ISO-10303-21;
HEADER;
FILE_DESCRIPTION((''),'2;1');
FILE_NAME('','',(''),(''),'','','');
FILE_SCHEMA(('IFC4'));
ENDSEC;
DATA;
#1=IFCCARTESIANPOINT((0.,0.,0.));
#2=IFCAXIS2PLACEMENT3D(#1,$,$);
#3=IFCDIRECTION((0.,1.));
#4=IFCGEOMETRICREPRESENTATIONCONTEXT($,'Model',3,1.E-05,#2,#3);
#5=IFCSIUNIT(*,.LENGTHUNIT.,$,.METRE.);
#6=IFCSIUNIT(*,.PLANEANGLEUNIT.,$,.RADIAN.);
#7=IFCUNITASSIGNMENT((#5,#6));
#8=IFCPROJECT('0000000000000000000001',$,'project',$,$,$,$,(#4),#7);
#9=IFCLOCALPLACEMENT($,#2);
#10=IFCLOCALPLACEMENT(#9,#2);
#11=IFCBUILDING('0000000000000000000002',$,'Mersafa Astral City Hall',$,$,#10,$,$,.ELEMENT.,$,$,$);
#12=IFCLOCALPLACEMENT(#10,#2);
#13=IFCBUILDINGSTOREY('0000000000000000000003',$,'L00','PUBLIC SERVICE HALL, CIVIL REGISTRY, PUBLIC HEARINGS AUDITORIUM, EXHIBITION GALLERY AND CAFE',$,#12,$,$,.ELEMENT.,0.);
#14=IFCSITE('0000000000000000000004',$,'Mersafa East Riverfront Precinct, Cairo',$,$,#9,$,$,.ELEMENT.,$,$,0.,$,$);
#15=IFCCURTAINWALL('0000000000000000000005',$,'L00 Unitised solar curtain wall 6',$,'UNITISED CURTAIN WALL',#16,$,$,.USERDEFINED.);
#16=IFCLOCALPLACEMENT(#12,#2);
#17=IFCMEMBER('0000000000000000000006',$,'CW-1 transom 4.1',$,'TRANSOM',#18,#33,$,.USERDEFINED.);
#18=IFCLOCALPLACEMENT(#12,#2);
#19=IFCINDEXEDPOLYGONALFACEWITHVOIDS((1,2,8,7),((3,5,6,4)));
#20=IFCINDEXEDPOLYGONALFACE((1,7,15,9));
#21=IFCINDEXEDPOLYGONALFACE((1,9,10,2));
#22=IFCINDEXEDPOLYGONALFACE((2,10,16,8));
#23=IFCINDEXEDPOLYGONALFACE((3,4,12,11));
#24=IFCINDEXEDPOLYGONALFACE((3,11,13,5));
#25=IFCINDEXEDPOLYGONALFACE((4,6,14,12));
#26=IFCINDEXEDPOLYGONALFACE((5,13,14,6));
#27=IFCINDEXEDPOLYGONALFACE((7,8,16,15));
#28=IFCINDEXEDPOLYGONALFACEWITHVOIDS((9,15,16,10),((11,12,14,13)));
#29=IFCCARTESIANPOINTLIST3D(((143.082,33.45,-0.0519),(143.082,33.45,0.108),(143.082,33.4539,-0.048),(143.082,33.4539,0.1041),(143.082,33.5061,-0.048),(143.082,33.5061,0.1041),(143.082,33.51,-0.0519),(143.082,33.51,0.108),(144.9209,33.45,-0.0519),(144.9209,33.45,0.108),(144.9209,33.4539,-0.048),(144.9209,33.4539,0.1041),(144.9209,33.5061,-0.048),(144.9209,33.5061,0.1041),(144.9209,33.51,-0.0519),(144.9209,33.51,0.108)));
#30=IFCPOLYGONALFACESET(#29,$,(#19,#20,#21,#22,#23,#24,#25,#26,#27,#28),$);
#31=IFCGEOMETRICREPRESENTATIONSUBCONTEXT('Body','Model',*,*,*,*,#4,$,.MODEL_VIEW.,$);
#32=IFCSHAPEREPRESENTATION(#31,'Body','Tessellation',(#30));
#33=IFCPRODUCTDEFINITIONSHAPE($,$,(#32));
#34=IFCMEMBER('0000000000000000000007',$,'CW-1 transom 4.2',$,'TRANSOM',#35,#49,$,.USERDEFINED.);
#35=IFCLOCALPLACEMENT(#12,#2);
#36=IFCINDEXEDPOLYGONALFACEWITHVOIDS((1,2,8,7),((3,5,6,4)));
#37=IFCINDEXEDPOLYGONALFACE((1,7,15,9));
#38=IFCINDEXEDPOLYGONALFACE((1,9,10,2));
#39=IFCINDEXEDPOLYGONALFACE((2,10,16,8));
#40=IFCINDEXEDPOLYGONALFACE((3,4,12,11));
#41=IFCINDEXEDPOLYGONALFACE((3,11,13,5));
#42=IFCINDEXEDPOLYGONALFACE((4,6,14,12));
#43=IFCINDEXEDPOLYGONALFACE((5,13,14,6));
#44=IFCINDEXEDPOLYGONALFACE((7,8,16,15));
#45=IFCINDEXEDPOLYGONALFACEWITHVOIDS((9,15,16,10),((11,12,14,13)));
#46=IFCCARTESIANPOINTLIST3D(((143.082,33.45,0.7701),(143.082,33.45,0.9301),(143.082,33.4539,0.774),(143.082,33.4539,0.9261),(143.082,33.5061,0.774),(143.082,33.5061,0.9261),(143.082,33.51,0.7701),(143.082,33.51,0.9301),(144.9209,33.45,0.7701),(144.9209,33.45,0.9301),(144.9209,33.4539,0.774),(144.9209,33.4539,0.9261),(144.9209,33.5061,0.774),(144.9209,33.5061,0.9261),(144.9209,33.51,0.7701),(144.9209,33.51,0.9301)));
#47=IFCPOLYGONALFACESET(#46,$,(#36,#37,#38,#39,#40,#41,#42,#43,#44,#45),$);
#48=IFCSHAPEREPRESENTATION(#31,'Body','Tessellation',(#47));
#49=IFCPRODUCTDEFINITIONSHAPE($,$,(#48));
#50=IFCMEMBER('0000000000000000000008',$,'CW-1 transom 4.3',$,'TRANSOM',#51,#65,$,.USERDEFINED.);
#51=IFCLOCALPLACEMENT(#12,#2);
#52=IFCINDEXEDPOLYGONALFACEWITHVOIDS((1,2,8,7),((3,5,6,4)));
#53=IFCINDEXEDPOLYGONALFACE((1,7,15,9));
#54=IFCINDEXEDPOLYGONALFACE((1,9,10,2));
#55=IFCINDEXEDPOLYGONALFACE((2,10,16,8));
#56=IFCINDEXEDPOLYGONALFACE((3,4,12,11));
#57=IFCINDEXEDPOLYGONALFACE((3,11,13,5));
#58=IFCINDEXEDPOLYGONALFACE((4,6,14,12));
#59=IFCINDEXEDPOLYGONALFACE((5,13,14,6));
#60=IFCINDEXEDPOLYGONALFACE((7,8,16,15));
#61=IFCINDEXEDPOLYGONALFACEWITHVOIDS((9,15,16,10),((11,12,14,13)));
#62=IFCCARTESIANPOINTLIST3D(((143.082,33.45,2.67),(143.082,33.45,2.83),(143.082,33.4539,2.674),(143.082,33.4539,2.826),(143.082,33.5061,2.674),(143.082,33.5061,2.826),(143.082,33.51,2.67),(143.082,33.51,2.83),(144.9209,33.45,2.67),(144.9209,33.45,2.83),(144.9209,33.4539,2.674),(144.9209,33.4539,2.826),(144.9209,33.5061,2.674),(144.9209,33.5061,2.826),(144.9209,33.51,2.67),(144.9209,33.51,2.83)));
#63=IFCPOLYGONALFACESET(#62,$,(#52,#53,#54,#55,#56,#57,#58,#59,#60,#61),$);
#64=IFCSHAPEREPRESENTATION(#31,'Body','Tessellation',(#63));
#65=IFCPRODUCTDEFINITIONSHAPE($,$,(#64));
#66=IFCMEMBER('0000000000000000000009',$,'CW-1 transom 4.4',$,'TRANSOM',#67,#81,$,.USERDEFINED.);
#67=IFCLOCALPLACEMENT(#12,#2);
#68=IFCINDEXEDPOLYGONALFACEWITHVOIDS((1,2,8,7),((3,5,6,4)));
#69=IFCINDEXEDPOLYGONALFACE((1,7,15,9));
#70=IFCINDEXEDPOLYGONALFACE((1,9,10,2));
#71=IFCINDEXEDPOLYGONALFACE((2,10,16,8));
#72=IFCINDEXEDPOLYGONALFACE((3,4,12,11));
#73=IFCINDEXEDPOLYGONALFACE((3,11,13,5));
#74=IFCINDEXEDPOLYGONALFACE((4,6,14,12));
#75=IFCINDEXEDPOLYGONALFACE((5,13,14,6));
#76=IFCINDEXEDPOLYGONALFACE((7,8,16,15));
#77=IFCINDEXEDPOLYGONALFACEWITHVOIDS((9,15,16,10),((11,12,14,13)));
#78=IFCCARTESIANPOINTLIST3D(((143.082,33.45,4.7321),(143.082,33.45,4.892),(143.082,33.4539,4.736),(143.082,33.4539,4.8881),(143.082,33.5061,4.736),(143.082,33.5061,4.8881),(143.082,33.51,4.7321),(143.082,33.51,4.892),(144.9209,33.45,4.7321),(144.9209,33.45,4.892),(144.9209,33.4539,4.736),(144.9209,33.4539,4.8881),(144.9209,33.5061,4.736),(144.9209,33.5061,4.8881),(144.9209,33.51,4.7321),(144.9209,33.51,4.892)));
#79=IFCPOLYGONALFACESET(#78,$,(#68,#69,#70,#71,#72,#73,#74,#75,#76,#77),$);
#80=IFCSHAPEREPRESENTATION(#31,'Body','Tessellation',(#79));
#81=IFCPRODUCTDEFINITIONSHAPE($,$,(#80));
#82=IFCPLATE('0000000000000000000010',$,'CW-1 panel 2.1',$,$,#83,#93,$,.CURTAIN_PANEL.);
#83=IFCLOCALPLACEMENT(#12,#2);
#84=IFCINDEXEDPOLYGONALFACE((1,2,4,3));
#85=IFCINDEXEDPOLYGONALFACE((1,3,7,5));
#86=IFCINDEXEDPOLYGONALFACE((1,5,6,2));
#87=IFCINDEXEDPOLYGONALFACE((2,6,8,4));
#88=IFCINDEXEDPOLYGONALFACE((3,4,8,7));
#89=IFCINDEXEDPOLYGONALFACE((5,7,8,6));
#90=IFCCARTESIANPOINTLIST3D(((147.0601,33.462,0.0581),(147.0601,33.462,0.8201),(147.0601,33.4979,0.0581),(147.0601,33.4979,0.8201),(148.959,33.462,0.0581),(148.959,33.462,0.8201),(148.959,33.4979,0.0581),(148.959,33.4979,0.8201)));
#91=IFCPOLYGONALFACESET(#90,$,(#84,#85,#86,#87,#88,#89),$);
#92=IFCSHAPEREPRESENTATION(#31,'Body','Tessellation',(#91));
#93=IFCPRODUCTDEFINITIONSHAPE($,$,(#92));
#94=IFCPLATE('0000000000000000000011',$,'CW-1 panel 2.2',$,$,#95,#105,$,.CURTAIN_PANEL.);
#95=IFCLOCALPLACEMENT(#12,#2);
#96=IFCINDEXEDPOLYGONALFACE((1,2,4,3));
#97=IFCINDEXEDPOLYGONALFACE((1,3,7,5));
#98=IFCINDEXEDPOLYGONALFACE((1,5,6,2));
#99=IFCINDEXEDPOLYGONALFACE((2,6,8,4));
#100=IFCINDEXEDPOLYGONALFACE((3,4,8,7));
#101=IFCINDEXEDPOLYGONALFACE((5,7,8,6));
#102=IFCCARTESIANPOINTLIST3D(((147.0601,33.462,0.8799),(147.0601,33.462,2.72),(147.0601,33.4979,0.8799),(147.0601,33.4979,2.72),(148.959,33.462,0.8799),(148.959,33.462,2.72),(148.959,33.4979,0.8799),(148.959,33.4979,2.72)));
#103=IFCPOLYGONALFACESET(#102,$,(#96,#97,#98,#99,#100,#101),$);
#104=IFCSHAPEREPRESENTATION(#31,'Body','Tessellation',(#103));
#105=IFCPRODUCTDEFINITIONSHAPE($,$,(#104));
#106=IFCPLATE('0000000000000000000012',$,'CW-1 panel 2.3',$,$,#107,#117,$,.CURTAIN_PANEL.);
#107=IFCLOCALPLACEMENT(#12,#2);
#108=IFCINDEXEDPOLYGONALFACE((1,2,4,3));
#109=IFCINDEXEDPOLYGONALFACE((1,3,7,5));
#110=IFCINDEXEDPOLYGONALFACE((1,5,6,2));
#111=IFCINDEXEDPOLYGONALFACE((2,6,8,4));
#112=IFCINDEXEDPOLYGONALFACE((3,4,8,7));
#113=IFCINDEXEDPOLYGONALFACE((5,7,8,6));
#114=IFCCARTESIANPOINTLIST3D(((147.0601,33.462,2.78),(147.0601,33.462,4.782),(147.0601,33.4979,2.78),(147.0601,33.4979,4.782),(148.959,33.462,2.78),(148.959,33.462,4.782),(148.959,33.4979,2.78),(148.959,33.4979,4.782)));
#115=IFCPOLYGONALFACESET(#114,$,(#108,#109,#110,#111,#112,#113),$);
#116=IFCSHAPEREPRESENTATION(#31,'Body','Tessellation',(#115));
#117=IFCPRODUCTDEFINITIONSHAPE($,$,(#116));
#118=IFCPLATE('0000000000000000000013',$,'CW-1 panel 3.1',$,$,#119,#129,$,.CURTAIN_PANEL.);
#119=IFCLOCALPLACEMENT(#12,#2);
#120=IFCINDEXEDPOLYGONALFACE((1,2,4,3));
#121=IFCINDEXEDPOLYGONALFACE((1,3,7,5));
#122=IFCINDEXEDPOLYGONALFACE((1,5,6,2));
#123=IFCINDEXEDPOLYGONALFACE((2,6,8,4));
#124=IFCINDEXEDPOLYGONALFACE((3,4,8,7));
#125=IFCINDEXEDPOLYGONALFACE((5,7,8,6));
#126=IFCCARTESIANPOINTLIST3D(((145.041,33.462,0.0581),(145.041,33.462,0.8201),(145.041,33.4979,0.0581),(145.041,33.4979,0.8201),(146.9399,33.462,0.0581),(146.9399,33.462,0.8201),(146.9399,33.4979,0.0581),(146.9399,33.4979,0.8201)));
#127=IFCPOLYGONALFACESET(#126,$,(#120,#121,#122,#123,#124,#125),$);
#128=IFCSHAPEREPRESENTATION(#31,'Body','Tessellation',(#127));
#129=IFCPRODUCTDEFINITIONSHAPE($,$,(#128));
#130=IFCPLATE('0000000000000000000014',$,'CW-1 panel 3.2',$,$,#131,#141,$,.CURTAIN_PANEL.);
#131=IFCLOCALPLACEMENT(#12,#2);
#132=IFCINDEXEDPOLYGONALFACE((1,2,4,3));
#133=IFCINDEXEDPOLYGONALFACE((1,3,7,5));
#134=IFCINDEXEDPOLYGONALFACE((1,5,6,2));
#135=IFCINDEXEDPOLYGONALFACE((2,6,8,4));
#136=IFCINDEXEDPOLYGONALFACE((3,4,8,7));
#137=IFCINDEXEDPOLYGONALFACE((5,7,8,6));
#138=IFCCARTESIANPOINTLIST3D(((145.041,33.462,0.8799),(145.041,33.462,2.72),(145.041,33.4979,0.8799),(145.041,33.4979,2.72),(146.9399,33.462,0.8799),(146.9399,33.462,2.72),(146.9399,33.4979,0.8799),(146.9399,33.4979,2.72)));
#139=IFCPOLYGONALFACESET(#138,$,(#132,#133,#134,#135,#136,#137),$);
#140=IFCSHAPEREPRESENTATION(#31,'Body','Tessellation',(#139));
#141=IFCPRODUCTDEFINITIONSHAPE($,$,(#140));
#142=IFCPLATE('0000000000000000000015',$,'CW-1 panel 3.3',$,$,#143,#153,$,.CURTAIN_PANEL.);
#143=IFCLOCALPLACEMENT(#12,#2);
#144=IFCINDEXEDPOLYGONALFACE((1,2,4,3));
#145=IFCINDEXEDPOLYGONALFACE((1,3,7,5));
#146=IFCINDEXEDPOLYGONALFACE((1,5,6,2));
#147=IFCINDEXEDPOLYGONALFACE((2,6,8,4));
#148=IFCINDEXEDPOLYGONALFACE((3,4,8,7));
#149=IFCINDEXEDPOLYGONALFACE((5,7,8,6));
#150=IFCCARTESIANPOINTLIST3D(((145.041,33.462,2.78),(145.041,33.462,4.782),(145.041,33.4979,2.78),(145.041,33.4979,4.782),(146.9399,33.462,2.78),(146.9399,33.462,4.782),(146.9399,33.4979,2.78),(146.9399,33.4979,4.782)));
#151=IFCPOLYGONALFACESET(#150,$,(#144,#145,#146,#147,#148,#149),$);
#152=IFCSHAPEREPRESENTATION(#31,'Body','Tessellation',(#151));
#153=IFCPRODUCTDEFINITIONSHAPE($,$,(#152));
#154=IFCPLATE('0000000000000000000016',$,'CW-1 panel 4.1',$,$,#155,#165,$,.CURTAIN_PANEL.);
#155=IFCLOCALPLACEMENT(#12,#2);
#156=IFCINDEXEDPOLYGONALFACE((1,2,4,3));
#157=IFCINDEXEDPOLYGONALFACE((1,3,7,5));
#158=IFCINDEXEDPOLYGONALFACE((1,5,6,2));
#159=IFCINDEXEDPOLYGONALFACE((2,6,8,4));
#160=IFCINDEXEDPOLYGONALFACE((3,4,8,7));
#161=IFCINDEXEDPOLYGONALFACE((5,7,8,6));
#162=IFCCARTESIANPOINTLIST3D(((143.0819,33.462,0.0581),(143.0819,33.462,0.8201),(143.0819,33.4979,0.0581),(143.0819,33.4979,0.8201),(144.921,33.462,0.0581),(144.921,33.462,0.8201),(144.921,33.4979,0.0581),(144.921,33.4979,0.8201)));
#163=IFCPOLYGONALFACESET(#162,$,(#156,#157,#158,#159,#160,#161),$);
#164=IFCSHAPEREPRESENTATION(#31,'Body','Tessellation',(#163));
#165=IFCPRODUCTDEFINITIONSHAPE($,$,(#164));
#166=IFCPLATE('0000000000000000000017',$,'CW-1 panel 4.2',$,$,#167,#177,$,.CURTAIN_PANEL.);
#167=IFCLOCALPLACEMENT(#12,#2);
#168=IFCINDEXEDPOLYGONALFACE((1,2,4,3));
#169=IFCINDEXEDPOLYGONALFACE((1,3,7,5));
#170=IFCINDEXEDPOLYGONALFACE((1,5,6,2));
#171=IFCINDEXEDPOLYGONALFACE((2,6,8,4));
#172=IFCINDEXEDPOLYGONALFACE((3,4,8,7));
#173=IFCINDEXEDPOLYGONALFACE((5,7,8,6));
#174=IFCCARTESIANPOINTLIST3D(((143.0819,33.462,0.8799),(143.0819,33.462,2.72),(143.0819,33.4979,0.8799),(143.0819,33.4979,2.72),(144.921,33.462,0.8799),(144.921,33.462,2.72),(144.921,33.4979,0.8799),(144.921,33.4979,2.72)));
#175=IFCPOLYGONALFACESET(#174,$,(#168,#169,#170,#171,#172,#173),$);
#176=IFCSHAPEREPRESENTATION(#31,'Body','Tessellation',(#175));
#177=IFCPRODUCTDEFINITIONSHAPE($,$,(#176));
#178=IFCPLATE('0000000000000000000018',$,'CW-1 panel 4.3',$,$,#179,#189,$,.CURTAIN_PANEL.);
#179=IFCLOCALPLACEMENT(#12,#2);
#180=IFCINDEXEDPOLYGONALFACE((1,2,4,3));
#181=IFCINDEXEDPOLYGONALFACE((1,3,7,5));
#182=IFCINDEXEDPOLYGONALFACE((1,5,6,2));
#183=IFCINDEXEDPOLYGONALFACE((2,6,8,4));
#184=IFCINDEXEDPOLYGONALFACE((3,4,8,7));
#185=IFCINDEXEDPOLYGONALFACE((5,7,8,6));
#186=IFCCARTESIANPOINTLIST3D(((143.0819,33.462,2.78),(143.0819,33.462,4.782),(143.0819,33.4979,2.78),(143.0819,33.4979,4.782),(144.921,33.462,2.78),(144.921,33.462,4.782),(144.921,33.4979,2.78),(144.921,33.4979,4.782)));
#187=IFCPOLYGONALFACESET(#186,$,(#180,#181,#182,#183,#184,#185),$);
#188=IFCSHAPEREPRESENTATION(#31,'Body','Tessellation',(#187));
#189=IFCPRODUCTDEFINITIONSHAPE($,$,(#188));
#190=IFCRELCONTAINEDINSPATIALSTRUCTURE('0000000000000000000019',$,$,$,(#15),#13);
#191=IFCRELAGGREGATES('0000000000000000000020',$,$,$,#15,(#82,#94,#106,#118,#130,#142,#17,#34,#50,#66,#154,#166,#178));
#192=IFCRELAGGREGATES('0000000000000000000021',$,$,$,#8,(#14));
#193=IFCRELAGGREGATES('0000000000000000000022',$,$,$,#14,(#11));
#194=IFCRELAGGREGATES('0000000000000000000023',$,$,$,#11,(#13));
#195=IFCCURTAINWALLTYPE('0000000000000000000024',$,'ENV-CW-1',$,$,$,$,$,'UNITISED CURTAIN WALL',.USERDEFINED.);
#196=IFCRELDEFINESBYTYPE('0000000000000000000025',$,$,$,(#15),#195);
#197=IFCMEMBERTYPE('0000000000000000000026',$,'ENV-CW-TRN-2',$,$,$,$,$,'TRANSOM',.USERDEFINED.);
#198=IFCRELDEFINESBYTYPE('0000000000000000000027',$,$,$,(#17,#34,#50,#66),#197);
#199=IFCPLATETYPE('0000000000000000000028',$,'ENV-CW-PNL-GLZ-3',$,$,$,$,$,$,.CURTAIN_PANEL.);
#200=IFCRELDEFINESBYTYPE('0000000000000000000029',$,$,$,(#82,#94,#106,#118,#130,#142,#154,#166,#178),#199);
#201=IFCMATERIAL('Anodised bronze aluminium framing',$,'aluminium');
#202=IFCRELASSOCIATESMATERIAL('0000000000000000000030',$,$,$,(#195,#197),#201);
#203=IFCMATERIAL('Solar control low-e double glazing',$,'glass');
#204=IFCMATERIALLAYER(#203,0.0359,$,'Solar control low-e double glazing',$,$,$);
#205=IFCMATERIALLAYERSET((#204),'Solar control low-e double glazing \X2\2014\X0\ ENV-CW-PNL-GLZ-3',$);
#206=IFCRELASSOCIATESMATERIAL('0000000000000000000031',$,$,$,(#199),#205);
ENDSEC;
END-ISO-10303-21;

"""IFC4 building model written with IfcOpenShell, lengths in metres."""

from ifc_helpers import new_model, si_unit, direction, frame, origin, origin_2d, place, context, subcontext, project, spatial, rectangle, hollow_rectangle, extrude, material, layer, layer_set, material_profile, profile_set, type_object, element, aggregate, save


model = new_model("IFC4")

# Units and contexts
model_context = context("Model", 3, precision=1e-05, world=origin(), true_north=direction((0.0, 1.0)))
body_context = subcontext(model_context, "Body", "Model", "MODEL_VIEW")
ifc_project = project(units=[si_unit("LENGTHUNIT", "METRE"), si_unit("PLANEANGLEUNIT", "RADIAN")], contexts=[model_context])

# Site, building, storey
site_placement = place(None, origin())
site = spatial("IfcSite", under=ifc_project, at=site_placement, Name="Mersafa East Riverfront Precinct, Cairo", CompositionType="ELEMENT", RefElevation=0.0)
building_placement = place(site_placement, origin())
building = spatial("IfcBuilding", under=site, at=building_placement, Name="Mersafa Astral City Hall", CompositionType="ELEMENT")
storey_placement = place(building_placement, origin())
storey = spatial("IfcBuildingStorey", under=building, at=storey_placement, Name="L00", Description="PUBLIC SERVICE HALL, CIVIL REGISTRY, PUBLIC HEARINGS AUDITORIUM, EXHIBITION GALLERY AND CAFE", CompositionType="ELEMENT", Elevation=0.0)

# Curtain wall, members, plates
ifc_material_1 = material(Name="Anodised bronze aluminium framing", Category="aluminium")
curtain_wall_type = type_object("IfcCurtainWallType", Name="ENV-CW-1", ElementType="UNITISED CURTAIN WALL", PredefinedType="USERDEFINED", material=ifc_material_1)
curtain_wall_placement = place(storey_placement, origin())
curtain_wall = element("IfcCurtainWall", 1, at=curtain_wall_placement, inside=storey, type_object=curtain_wall_type, Name="L00 Unitised solar curtain wall 6", ObjectType="UNITISED CURTAIN WALL", PredefinedType="USERDEFINED")
ifc_material_profile_1 = material_profile(ifc_material_1, hollow_rectangle(XDim=0.0601, YDim=0.1599, WallThickness=0.0039, at=origin_2d()), Name="RHS 60x160x4")
ifc_profile_set_1 = profile_set([ifc_material_profile_1], Name="Anodised bronze aluminium framing")
member_type_1 = type_object("IfcMemberType", Name="ENV-CW-TRN-2", ElementType="TRANSOM", PredefinedType="USERDEFINED", material=ifc_profile_set_1)
member_1_placement = place(storey_placement, frame((144.9209, 33.48, 0.0281), z_axis=(-1.0, 0.0, 0.0), x_axis=(0.0, -1.0, 0.0)))
member_1 = element("IfcMember", 2, at=member_1_placement, type_object=member_type_1, Name="CW-1 transom 4.1", ObjectType="TRANSOM", PredefinedType="USERDEFINED", context=body_context, shape_type="SweptSolid", body=[
    extrude(hollow_rectangle(XDim=0.0601, YDim=0.1599, WallThickness=0.0039, at=origin_2d()), origin(), (0.0, 0.0, 1.0), 1.8389),
])
member_2_placement = place(storey_placement, frame((144.9209, 33.48, 0.8501), z_axis=(-1.0, 0.0, 0.0), x_axis=(0.0, -1.0, 0.0)))
member_2 = element("IfcMember", 3, at=member_2_placement, type_object=member_type_1, Name="CW-1 transom 4.2", ObjectType="TRANSOM", PredefinedType="USERDEFINED", context=body_context, shape_type="SweptSolid", body=[
    extrude(hollow_rectangle(XDim=0.0601, YDim=0.1599, WallThickness=0.0039, at=origin_2d()), origin(), (0.0, 0.0, 1.0), 1.8389),
])
member_3_placement = place(storey_placement, frame((144.9209, 33.48, 2.75), z_axis=(-1.0, 0.0, 0.0), x_axis=(0.0, -1.0, 0.0)))
member_3 = element("IfcMember", 4, at=member_3_placement, type_object=member_type_1, Name="CW-1 transom 4.3", ObjectType="TRANSOM", PredefinedType="USERDEFINED", context=body_context, shape_type="SweptSolid", body=[
    extrude(hollow_rectangle(XDim=0.0601, YDim=0.1599, WallThickness=0.0039, at=origin_2d()), origin(), (0.0, 0.0, 1.0), 1.8389),
])
member_4_placement = place(storey_placement, frame((144.9209, 33.48, 4.812), z_axis=(-1.0, 0.0, 0.0), x_axis=(0.0, -1.0, 0.0)))
member_4 = element("IfcMember", 5, at=member_4_placement, type_object=member_type_1, Name="CW-1 transom 4.4", ObjectType="TRANSOM", PredefinedType="USERDEFINED", context=body_context, shape_type="SweptSolid", body=[
    extrude(hollow_rectangle(XDim=0.0601, YDim=0.1599, WallThickness=0.0039, at=origin_2d()), origin(), (0.0, 0.0, 1.0), 1.8389),
])
ifc_material_2 = material(Name="Solar control low-e double glazing", Category="glass")
ifc_layer_1 = layer(ifc_material_2, 0.0359, Name="Solar control low-e double glazing")
ifc_layer_set_1 = layer_set([ifc_layer_1], Name="Solar control low-e double glazing — ENV-CW-PNL-GLZ-3")
plate_type = type_object("IfcPlateType", Name="ENV-CW-PNL-GLZ-3", PredefinedType="CURTAIN_PANEL", material=ifc_layer_set_1)
plate_1_placement = place(storey_placement, frame((148.0095, 33.48, 0.0581), z_axis=(0.0, 0.0, 1.0), x_axis=(-1.0, 0.0, 0.0)))
plate_1 = element("IfcPlate", 6, at=plate_1_placement, type_object=plate_type, Name="CW-1 panel 2.1", PredefinedType="CURTAIN_PANEL", context=body_context, shape_type="SweptSolid", body=[
    extrude(rectangle(XDim=1.8989, YDim=0.0359, at=origin_2d()), origin(), (0.0, 0.0, 1.0), 0.762),
])
plate_2_placement = place(storey_placement, frame((148.0095, 33.48, 0.8799), z_axis=(0.0, 0.0, 1.0), x_axis=(-1.0, 0.0, 0.0)))
plate_2 = element("IfcPlate", 7, at=plate_2_placement, type_object=plate_type, Name="CW-1 panel 2.2", PredefinedType="CURTAIN_PANEL", context=body_context, shape_type="SweptSolid", body=[
    extrude(rectangle(XDim=1.8989, YDim=0.0359, at=origin_2d()), origin(), (0.0, 0.0, 1.0), 1.8401),
])
plate_3_placement = place(storey_placement, frame((148.0095, 33.48, 2.78), z_axis=(0.0, 0.0, 1.0), x_axis=(-1.0, 0.0, 0.0)))
plate_3 = element("IfcPlate", 8, at=plate_3_placement, type_object=plate_type, Name="CW-1 panel 2.3", PredefinedType="CURTAIN_PANEL", context=body_context, shape_type="SweptSolid", body=[
    extrude(rectangle(XDim=1.8989, YDim=0.0359, at=origin_2d()), origin(), (0.0, 0.0, 1.0), 2.002),
])
plate_4_placement = place(storey_placement, frame((145.9905, 33.48, 0.0581), z_axis=(0.0, 0.0, 1.0), x_axis=(-1.0, 0.0, 0.0)))
plate_4 = element("IfcPlate", 9, at=plate_4_placement, type_object=plate_type, Name="CW-1 panel 3.1", PredefinedType="CURTAIN_PANEL", context=body_context, shape_type="SweptSolid", body=[
    extrude(rectangle(XDim=1.8989, YDim=0.0359, at=origin_2d()), origin(), (0.0, 0.0, 1.0), 0.762),
])
plate_5_placement = place(storey_placement, frame((145.9905, 33.48, 0.8799), z_axis=(0.0, 0.0, 1.0), x_axis=(-1.0, 0.0, 0.0)))
plate_5 = element("IfcPlate", 10, at=plate_5_placement, type_object=plate_type, Name="CW-1 panel 3.2", PredefinedType="CURTAIN_PANEL", context=body_context, shape_type="SweptSolid", body=[
    extrude(rectangle(XDim=1.8989, YDim=0.0359, at=origin_2d()), origin(), (0.0, 0.0, 1.0), 1.8401),
])
plate_6_placement = place(storey_placement, frame((145.9905, 33.48, 2.78), z_axis=(0.0, 0.0, 1.0), x_axis=(-1.0, 0.0, 0.0)))
plate_6 = element("IfcPlate", 11, at=plate_6_placement, type_object=plate_type, Name="CW-1 panel 3.3", PredefinedType="CURTAIN_PANEL", context=body_context, shape_type="SweptSolid", body=[
    extrude(rectangle(XDim=1.8989, YDim=0.0359, at=origin_2d()), origin(), (0.0, 0.0, 1.0), 2.002),
])
plate_7_placement = place(storey_placement, frame((144.0015, 33.48, 0.0581), z_axis=(0.0, 0.0, 1.0), x_axis=(-1.0, 0.0, 0.0)))
plate_7 = element("IfcPlate", 12, at=plate_7_placement, type_object=plate_type, Name="CW-1 panel 4.1", PredefinedType="CURTAIN_PANEL", context=body_context, shape_type="SweptSolid", body=[
    extrude(rectangle(XDim=1.8391, YDim=0.0359, at=origin_2d()), origin(), (0.0, 0.0, 1.0), 0.762),
])
plate_8_placement = place(storey_placement, frame((144.0015, 33.48, 0.8799), z_axis=(0.0, 0.0, 1.0), x_axis=(-1.0, 0.0, 0.0)))
plate_8 = element("IfcPlate", 13, at=plate_8_placement, type_object=plate_type, Name="CW-1 panel 4.2", PredefinedType="CURTAIN_PANEL", context=body_context, shape_type="SweptSolid", body=[
    extrude(rectangle(XDim=1.8391, YDim=0.0359, at=origin_2d()), origin(), (0.0, 0.0, 1.0), 1.8401),
])
plate_9_placement = place(storey_placement, frame((144.0015, 33.48, 2.78), z_axis=(0.0, 0.0, 1.0), x_axis=(-1.0, 0.0, 0.0)))
plate_9 = element("IfcPlate", 14, at=plate_9_placement, type_object=plate_type, Name="CW-1 panel 4.3", PredefinedType="CURTAIN_PANEL", context=body_context, shape_type="SweptSolid", body=[
    extrude(rectangle(XDim=1.8391, YDim=0.0359, at=origin_2d()), origin(), (0.0, 0.0, 1.0), 2.002),
])
aggregate(curtain_wall, [plate_1, plate_2, plate_3, plate_4, plate_5, plate_6, member_1, member_2, member_3, member_4, plate_7, plate_8, plate_9])

save(model, "model.ifc")
